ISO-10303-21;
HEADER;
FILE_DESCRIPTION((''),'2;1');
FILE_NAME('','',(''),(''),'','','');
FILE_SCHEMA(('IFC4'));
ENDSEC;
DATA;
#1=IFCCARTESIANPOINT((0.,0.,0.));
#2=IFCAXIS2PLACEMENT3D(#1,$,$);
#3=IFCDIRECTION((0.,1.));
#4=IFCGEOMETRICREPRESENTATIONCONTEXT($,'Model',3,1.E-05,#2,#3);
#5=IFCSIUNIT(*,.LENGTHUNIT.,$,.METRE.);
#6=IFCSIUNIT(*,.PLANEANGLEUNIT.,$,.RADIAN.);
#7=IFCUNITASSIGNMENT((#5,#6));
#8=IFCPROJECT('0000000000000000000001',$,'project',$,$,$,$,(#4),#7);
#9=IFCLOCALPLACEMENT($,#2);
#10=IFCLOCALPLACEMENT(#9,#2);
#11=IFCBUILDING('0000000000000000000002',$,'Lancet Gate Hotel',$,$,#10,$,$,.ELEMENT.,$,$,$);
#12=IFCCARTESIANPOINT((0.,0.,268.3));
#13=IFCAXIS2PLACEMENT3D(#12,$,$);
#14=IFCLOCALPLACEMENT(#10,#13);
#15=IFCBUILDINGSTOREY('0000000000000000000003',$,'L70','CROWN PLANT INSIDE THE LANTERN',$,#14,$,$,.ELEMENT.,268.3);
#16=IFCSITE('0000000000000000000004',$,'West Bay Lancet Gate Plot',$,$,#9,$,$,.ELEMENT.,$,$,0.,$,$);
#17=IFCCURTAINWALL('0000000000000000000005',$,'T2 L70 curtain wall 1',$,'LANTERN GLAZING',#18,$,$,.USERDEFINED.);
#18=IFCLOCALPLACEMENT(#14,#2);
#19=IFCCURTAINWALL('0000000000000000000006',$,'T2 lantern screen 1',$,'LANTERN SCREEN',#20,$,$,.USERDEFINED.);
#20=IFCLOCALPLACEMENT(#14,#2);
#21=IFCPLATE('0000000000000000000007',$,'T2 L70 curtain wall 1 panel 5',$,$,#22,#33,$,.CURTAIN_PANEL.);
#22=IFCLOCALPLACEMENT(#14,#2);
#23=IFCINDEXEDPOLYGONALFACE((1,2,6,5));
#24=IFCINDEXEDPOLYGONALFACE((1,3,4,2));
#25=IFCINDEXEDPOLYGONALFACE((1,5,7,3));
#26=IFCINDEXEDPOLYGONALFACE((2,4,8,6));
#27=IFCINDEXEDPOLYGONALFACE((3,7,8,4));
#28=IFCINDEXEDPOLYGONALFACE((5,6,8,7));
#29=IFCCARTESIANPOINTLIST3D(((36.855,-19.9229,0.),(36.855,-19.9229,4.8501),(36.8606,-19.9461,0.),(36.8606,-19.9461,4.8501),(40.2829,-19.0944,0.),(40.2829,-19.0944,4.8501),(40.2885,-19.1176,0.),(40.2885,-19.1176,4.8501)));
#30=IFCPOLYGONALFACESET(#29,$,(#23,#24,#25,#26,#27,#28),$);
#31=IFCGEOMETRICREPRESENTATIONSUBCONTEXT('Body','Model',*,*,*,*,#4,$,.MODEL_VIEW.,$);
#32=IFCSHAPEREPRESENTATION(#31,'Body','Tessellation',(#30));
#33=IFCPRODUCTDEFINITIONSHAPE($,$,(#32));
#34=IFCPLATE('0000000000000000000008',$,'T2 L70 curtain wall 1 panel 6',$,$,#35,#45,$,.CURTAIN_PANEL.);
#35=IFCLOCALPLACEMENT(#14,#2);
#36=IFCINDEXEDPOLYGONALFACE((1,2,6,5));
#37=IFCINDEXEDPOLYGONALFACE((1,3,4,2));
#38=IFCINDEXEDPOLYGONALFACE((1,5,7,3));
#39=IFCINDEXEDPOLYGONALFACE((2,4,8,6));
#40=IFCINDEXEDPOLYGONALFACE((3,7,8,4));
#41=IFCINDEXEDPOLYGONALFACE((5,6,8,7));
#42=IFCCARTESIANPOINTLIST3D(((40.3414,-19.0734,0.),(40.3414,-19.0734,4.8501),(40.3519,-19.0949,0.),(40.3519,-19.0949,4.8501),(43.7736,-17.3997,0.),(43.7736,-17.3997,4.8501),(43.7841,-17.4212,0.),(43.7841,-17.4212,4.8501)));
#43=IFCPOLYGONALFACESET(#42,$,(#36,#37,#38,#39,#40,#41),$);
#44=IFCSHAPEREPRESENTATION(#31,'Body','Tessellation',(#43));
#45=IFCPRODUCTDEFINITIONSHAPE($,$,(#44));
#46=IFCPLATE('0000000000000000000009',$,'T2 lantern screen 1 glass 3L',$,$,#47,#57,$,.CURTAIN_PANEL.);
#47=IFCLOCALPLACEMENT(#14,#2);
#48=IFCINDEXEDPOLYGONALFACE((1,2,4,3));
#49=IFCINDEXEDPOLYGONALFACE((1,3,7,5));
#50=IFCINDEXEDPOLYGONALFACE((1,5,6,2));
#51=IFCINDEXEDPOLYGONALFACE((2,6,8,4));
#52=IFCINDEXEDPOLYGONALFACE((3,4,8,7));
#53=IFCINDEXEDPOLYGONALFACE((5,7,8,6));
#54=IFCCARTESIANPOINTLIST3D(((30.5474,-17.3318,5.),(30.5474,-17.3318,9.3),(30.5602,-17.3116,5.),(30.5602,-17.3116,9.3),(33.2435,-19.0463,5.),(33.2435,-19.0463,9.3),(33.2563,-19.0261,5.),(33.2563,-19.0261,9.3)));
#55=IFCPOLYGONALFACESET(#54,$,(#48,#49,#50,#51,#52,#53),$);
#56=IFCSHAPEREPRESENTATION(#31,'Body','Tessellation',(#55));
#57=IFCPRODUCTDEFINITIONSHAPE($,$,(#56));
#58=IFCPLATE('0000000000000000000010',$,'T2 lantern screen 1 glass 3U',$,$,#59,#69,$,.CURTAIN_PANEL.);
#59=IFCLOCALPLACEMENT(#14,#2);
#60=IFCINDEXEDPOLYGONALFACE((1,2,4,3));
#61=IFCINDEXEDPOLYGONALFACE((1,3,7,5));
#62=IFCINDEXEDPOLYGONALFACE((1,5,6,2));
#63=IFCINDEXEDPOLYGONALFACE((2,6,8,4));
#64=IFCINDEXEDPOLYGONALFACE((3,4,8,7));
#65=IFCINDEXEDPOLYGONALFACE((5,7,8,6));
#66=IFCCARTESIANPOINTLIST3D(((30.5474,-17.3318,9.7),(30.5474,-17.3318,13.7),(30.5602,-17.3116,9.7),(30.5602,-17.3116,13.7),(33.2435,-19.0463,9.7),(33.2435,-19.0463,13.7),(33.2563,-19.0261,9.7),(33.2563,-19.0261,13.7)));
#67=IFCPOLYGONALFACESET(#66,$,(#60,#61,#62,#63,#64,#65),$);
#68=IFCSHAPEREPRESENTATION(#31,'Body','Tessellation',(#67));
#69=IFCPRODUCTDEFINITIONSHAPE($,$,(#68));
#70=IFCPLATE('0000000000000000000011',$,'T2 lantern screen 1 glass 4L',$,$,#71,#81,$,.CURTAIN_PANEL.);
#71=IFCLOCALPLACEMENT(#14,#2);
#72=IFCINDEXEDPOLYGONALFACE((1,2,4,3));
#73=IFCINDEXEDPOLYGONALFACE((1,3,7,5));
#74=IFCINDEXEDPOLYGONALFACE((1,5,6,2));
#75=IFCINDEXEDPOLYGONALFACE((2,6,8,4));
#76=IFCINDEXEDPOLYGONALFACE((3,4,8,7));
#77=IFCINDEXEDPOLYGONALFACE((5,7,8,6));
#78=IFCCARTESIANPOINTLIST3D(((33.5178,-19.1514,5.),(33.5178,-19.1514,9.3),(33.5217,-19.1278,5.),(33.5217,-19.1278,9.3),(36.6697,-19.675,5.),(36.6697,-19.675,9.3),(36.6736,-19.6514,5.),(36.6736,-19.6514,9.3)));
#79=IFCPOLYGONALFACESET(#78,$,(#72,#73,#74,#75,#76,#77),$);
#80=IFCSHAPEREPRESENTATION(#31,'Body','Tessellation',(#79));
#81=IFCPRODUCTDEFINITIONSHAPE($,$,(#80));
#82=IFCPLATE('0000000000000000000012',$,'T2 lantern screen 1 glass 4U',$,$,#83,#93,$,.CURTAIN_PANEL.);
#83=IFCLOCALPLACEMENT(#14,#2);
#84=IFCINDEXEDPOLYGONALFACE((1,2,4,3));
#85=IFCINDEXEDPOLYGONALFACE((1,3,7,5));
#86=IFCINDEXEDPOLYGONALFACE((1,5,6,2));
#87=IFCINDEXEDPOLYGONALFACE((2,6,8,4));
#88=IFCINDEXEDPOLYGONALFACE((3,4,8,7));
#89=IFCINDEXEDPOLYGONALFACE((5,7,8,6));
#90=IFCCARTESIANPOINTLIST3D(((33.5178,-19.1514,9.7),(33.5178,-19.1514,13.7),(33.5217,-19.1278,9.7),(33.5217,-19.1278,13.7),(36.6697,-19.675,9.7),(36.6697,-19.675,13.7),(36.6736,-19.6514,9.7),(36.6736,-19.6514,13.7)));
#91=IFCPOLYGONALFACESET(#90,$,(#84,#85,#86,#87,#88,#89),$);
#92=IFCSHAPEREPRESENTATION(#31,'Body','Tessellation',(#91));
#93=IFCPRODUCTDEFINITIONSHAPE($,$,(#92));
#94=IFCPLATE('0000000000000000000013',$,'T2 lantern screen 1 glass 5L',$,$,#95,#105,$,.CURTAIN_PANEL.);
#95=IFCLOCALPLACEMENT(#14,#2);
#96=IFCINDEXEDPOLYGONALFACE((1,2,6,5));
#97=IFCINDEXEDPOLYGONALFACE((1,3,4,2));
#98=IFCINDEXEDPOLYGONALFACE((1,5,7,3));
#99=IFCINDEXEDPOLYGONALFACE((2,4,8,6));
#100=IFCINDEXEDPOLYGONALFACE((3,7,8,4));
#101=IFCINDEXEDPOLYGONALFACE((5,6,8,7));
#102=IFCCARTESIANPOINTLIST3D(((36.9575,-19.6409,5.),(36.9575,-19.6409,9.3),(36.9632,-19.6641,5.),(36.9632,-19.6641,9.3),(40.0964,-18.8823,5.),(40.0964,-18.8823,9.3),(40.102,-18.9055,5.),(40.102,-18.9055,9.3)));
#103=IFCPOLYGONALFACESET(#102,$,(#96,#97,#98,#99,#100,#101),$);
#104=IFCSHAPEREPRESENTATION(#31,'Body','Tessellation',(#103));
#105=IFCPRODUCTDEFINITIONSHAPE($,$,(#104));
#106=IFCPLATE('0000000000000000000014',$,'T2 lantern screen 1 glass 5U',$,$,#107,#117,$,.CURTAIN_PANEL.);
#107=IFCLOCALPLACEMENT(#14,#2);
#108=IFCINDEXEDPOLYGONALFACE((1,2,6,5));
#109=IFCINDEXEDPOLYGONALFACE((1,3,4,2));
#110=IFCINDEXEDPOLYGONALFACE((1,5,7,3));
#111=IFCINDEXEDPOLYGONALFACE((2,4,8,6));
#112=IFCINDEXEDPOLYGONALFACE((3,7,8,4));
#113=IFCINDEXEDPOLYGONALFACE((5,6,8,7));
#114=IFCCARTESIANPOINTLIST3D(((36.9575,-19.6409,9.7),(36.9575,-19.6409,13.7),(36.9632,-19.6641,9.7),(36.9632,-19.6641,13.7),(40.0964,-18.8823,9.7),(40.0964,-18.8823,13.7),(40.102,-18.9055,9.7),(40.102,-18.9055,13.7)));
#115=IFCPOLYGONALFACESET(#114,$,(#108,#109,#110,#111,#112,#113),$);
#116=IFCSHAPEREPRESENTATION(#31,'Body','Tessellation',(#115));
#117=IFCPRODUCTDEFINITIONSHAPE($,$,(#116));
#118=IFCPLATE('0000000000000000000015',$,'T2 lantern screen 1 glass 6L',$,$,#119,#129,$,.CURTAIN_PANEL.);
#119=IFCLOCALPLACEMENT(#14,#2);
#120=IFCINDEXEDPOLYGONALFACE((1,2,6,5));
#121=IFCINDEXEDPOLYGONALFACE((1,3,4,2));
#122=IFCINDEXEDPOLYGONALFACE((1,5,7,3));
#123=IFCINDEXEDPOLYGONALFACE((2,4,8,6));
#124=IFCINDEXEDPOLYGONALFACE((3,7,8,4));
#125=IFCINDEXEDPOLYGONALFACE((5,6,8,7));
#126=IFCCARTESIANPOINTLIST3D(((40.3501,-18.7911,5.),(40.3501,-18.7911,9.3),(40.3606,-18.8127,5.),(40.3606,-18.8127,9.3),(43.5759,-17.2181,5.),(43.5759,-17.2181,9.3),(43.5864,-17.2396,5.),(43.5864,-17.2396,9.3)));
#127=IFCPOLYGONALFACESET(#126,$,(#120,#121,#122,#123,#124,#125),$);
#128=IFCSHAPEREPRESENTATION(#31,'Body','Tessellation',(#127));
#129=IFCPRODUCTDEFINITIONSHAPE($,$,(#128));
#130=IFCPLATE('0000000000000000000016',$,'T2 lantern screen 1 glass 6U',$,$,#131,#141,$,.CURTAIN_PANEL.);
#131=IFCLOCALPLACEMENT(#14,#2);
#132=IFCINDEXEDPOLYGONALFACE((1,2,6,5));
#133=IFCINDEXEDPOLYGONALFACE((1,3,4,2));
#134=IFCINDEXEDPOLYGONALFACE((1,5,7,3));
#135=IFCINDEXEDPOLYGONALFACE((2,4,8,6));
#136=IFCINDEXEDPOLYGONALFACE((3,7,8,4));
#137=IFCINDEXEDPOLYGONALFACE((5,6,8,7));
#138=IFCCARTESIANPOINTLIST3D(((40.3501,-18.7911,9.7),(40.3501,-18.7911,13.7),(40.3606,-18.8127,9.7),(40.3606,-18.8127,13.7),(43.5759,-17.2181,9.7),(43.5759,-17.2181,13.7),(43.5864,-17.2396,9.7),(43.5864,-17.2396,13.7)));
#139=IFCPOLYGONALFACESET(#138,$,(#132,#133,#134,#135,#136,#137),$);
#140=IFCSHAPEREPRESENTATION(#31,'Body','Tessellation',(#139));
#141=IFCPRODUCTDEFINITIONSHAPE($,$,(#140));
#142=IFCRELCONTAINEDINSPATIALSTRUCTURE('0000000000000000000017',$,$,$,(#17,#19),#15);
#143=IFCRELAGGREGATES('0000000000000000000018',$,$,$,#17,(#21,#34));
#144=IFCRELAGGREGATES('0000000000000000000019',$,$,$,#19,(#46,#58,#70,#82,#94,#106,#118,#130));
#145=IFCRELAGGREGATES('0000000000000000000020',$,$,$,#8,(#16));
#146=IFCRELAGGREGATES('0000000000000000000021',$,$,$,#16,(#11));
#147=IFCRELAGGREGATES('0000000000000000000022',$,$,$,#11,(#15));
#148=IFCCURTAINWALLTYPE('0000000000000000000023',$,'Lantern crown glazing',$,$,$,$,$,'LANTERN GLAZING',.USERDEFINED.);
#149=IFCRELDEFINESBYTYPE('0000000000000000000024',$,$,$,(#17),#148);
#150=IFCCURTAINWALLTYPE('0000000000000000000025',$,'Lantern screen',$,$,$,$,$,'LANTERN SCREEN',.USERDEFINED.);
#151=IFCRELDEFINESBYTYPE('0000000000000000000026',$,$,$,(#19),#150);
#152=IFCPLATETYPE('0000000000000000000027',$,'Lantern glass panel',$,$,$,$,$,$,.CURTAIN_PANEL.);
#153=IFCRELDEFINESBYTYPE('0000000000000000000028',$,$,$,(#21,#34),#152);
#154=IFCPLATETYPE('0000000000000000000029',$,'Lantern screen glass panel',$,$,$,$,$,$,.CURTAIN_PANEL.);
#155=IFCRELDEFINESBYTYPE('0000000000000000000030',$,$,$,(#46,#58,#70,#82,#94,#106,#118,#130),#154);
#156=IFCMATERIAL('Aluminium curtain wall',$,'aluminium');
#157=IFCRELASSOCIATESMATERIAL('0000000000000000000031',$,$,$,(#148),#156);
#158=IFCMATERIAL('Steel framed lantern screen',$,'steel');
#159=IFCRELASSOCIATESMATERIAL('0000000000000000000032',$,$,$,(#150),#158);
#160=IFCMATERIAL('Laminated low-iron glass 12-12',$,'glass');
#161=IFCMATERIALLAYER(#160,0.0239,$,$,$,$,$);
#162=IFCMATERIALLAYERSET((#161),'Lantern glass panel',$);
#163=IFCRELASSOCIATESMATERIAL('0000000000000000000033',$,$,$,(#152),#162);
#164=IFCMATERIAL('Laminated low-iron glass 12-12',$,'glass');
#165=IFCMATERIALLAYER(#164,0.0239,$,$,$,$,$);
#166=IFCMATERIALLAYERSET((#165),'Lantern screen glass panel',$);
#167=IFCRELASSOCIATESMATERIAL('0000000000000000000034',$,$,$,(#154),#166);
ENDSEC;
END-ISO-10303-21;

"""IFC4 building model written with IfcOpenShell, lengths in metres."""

from ifc_helpers import new_model, si_unit, direction, frame, origin, origin_2d, place, context, subcontext, project, spatial, rectangle, extrude, material, layer, layer_set, type_object, element, aggregate, save


model = new_model("IFC4")

# Units and contexts
model_context = context("Model", 3, precision=1e-05, world=origin(), true_north=direction((0.0, 1.0)))
body_context = subcontext(model_context, "Body", "Model", "MODEL_VIEW")
ifc_project = project(units=[si_unit("LENGTHUNIT", "METRE"), si_unit("PLANEANGLEUNIT", "RADIAN")], contexts=[model_context])

# Site, building, storey
site_placement = place(None, origin())
site = spatial("IfcSite", under=ifc_project, at=site_placement, Name="West Bay Lancet Gate Plot", CompositionType="ELEMENT", RefElevation=0.0)
building_placement = place(site_placement, origin())
building = spatial("IfcBuilding", under=site, at=building_placement, Name="Lancet Gate Hotel", CompositionType="ELEMENT")
storey_placement = place(building_placement, frame((0.0, 0.0, 268.3)))
storey = spatial("IfcBuildingStorey", under=building, at=storey_placement, Name="L70", Description="CROWN PLANT INSIDE THE LANTERN", CompositionType="ELEMENT", Elevation=268.3)

# Curtain wall
ifc_material_1 = material(Name="Aluminium curtain wall", Category="aluminium")
curtain_wall_type_1 = type_object("IfcCurtainWallType", Name="Lantern crown glazing", ElementType="LANTERN GLAZING", PredefinedType="USERDEFINED", material=ifc_material_1)
curtain_wall_1_placement = place(storey_placement, origin())
curtain_wall_1 = element("IfcCurtainWall", 1, at=curtain_wall_1_placement, inside=storey, type_object=curtain_wall_type_1, Name="T2 L70 curtain wall 1", ObjectType="LANTERN GLAZING", PredefinedType="USERDEFINED")

# Curtain wall
ifc_material_2 = material(Name="Steel framed lantern screen", Category="steel")
curtain_wall_type_2 = type_object("IfcCurtainWallType", Name="Lantern screen", ElementType="LANTERN SCREEN", PredefinedType="USERDEFINED", material=ifc_material_2)
curtain_wall_2_placement = place(storey_placement, origin())
curtain_wall_2 = element("IfcCurtainWall", 2, at=curtain_wall_2_placement, inside=storey, type_object=curtain_wall_type_2, Name="T2 lantern screen 1", ObjectType="LANTERN SCREEN", PredefinedType="USERDEFINED")

# Plates
ifc_material_3 = material(Name="Laminated low-iron glass 12-12", Category="glass")
ifc_layer_1 = layer(ifc_material_3, 0.0239)
ifc_layer_set_1 = layer_set([ifc_layer_1], Name="Lantern glass panel")
plate_type_1 = type_object("IfcPlateType", Name="Lantern glass panel", PredefinedType="CURTAIN_PANEL", material=ifc_layer_set_1)
plate_1_placement = place(storey_placement, frame((38.5718, -19.5203, 0.0), z_axis=(0.0, 0.0, 1.0), x_axis=(0.972014, 0.234924, 0.0)))
plate_1 = element("IfcPlate", 3, at=plate_1_placement, type_object=plate_type_1, Name="T2 L70 curtain wall 1 panel 5", PredefinedType="CURTAIN_PANEL", context=body_context, shape_type="SweptSolid", body=[
    extrude(rectangle(XDim=3.5266, YDim=0.0239, at=origin_2d()), origin(), (0.0, 0.0, 1.0), 4.8501),
])
plate_2_placement = place(storey_placement, frame((42.0627, -18.2473, 0.0), z_axis=(0.0, 0.0, 1.0), x_axis=(0.898823, 0.438311, 0.0)))
plate_2 = element("IfcPlate", 4, at=plate_2_placement, type_object=plate_type_1, Name="T2 L70 curtain wall 1 panel 6", PredefinedType="CURTAIN_PANEL", context=body_context, shape_type="SweptSolid", body=[
    extrude(rectangle(XDim=3.8186, YDim=0.0239, at=origin_2d()), origin(), (0.0, 0.0, 1.0), 4.8501),
])
aggregate(curtain_wall_1, [plate_1, plate_2])
ifc_material_4 = material(Name="Laminated low-iron glass 12-12", Category="glass")
ifc_layer_2 = layer(ifc_material_4, 0.0239)
ifc_layer_set_2 = layer_set([ifc_layer_2], Name="Lantern screen glass panel")
plate_type_2 = type_object("IfcPlateType", Name="Lantern screen glass panel", PredefinedType="CURTAIN_PANEL", material=ifc_layer_set_2)
plate_3_placement = place(storey_placement, frame((31.9019, -18.179, 5.0), z_axis=(0.0, 0.0, 1.0), x_axis=(0.843845, -0.536587, 0.0)))
plate_3 = element("IfcPlate", 5, at=plate_3_placement, type_object=plate_type_2, Name="T2 lantern screen 1 glass 3L", PredefinedType="CURTAIN_PANEL", context=body_context, shape_type="SweptSolid", body=[
    extrude(rectangle(XDim=3.1951, YDim=0.0239, at=origin_2d()), origin(), (0.0, 0.0, 1.0), 4.3),
])
plate_4_placement = place(storey_placement, frame((31.9019, -18.179, 9.7), z_axis=(0.0, 0.0, 1.0), x_axis=(0.843845, -0.536587, 0.0)))
plate_4 = element("IfcPlate", 6, at=plate_4_placement, type_object=plate_type_2, Name="T2 lantern screen 1 glass 3U", PredefinedType="CURTAIN_PANEL", context=body_context, shape_type="SweptSolid", body=[
    extrude(rectangle(XDim=3.1951, YDim=0.0239, at=origin_2d()), origin(), (0.0, 0.0, 1.0), 4.0),
])
plate_5_placement = place(storey_placement, frame((35.0957, -19.4014, 5.0), z_axis=(0.0, 0.0, 1.0), x_axis=(0.98648, -0.163881, 0.0)))
plate_5 = element("IfcPlate", 7, at=plate_5_placement, type_object=plate_type_2, Name="T2 lantern screen 1 glass 4L", PredefinedType="CURTAIN_PANEL", context=body_context, shape_type="SweptSolid", body=[
    extrude(rectangle(XDim=3.1951, YDim=0.0239, at=origin_2d()), origin(), (0.0, 0.0, 1.0), 4.3),
])
plate_6_placement = place(storey_placement, frame((35.0957, -19.4014, 9.7), z_axis=(0.0, 0.0, 1.0), x_axis=(0.98648, -0.163881, 0.0)))
plate_6 = element("IfcPlate", 8, at=plate_6_placement, type_object=plate_type_2, Name="T2 lantern screen 1 glass 4U", PredefinedType="CURTAIN_PANEL", context=body_context, shape_type="SweptSolid", body=[
    extrude(rectangle(XDim=3.1951, YDim=0.0239, at=origin_2d()), origin(), (0.0, 0.0, 1.0), 4.0),
])
plate_7_placement = place(storey_placement, frame((38.5298, -19.2732, 5.0), z_axis=(0.0, 0.0, 1.0), x_axis=(0.972014, 0.234924, 0.0)))
plate_7 = element("IfcPlate", 9, at=plate_7_placement, type_object=plate_type_2, Name="T2 lantern screen 1 glass 5L", PredefinedType="CURTAIN_PANEL", context=body_context, shape_type="SweptSolid", body=[
    extrude(rectangle(XDim=3.2292, YDim=0.0239, at=origin_2d()), origin(), (0.0, 0.0, 1.0), 4.3),
])
plate_8_placement = place(storey_placement, frame((38.5298, -19.2732, 9.7), z_axis=(0.0, 0.0, 1.0), x_axis=(0.972014, 0.234924, 0.0)))
plate_8 = element("IfcPlate", 10, at=plate_8_placement, type_object=plate_type_2, Name="T2 lantern screen 1 glass 5U", PredefinedType="CURTAIN_PANEL", context=body_context, shape_type="SweptSolid", body=[
    extrude(rectangle(XDim=3.2292, YDim=0.0239, at=origin_2d()), origin(), (0.0, 0.0, 1.0), 4.0),
])
plate_9_placement = place(storey_placement, frame((41.9683, -18.0154, 5.0), z_axis=(0.0, 0.0, 1.0), x_axis=(0.898823, 0.438311, 0.0)))
plate_9 = element("IfcPlate", 11, at=plate_9_placement, type_object=plate_type_2, Name="T2 lantern screen 1 glass 6L", PredefinedType="CURTAIN_PANEL", context=body_context, shape_type="SweptSolid", body=[
    extrude(rectangle(XDim=3.5889, YDim=0.0239, at=origin_2d()), origin(), (0.0, 0.0, 1.0), 4.3),
])
plate_10_placement = place(storey_placement, frame((41.9683, -18.0154, 9.7), z_axis=(0.0, 0.0, 1.0), x_axis=(0.898823, 0.438311, 0.0)))
plate_10 = element("IfcPlate", 12, at=plate_10_placement, type_object=plate_type_2, Name="T2 lantern screen 1 glass 6U", PredefinedType="CURTAIN_PANEL", context=body_context, shape_type="SweptSolid", body=[
    extrude(rectangle(XDim=3.5889, YDim=0.0239, at=origin_2d()), origin(), (0.0, 0.0, 1.0), 4.0),
])
aggregate(curtain_wall_2, [plate_3, plate_4, plate_5, plate_6, plate_7, plate_8, plate_9, plate_10])

save(model, "model.ifc")
